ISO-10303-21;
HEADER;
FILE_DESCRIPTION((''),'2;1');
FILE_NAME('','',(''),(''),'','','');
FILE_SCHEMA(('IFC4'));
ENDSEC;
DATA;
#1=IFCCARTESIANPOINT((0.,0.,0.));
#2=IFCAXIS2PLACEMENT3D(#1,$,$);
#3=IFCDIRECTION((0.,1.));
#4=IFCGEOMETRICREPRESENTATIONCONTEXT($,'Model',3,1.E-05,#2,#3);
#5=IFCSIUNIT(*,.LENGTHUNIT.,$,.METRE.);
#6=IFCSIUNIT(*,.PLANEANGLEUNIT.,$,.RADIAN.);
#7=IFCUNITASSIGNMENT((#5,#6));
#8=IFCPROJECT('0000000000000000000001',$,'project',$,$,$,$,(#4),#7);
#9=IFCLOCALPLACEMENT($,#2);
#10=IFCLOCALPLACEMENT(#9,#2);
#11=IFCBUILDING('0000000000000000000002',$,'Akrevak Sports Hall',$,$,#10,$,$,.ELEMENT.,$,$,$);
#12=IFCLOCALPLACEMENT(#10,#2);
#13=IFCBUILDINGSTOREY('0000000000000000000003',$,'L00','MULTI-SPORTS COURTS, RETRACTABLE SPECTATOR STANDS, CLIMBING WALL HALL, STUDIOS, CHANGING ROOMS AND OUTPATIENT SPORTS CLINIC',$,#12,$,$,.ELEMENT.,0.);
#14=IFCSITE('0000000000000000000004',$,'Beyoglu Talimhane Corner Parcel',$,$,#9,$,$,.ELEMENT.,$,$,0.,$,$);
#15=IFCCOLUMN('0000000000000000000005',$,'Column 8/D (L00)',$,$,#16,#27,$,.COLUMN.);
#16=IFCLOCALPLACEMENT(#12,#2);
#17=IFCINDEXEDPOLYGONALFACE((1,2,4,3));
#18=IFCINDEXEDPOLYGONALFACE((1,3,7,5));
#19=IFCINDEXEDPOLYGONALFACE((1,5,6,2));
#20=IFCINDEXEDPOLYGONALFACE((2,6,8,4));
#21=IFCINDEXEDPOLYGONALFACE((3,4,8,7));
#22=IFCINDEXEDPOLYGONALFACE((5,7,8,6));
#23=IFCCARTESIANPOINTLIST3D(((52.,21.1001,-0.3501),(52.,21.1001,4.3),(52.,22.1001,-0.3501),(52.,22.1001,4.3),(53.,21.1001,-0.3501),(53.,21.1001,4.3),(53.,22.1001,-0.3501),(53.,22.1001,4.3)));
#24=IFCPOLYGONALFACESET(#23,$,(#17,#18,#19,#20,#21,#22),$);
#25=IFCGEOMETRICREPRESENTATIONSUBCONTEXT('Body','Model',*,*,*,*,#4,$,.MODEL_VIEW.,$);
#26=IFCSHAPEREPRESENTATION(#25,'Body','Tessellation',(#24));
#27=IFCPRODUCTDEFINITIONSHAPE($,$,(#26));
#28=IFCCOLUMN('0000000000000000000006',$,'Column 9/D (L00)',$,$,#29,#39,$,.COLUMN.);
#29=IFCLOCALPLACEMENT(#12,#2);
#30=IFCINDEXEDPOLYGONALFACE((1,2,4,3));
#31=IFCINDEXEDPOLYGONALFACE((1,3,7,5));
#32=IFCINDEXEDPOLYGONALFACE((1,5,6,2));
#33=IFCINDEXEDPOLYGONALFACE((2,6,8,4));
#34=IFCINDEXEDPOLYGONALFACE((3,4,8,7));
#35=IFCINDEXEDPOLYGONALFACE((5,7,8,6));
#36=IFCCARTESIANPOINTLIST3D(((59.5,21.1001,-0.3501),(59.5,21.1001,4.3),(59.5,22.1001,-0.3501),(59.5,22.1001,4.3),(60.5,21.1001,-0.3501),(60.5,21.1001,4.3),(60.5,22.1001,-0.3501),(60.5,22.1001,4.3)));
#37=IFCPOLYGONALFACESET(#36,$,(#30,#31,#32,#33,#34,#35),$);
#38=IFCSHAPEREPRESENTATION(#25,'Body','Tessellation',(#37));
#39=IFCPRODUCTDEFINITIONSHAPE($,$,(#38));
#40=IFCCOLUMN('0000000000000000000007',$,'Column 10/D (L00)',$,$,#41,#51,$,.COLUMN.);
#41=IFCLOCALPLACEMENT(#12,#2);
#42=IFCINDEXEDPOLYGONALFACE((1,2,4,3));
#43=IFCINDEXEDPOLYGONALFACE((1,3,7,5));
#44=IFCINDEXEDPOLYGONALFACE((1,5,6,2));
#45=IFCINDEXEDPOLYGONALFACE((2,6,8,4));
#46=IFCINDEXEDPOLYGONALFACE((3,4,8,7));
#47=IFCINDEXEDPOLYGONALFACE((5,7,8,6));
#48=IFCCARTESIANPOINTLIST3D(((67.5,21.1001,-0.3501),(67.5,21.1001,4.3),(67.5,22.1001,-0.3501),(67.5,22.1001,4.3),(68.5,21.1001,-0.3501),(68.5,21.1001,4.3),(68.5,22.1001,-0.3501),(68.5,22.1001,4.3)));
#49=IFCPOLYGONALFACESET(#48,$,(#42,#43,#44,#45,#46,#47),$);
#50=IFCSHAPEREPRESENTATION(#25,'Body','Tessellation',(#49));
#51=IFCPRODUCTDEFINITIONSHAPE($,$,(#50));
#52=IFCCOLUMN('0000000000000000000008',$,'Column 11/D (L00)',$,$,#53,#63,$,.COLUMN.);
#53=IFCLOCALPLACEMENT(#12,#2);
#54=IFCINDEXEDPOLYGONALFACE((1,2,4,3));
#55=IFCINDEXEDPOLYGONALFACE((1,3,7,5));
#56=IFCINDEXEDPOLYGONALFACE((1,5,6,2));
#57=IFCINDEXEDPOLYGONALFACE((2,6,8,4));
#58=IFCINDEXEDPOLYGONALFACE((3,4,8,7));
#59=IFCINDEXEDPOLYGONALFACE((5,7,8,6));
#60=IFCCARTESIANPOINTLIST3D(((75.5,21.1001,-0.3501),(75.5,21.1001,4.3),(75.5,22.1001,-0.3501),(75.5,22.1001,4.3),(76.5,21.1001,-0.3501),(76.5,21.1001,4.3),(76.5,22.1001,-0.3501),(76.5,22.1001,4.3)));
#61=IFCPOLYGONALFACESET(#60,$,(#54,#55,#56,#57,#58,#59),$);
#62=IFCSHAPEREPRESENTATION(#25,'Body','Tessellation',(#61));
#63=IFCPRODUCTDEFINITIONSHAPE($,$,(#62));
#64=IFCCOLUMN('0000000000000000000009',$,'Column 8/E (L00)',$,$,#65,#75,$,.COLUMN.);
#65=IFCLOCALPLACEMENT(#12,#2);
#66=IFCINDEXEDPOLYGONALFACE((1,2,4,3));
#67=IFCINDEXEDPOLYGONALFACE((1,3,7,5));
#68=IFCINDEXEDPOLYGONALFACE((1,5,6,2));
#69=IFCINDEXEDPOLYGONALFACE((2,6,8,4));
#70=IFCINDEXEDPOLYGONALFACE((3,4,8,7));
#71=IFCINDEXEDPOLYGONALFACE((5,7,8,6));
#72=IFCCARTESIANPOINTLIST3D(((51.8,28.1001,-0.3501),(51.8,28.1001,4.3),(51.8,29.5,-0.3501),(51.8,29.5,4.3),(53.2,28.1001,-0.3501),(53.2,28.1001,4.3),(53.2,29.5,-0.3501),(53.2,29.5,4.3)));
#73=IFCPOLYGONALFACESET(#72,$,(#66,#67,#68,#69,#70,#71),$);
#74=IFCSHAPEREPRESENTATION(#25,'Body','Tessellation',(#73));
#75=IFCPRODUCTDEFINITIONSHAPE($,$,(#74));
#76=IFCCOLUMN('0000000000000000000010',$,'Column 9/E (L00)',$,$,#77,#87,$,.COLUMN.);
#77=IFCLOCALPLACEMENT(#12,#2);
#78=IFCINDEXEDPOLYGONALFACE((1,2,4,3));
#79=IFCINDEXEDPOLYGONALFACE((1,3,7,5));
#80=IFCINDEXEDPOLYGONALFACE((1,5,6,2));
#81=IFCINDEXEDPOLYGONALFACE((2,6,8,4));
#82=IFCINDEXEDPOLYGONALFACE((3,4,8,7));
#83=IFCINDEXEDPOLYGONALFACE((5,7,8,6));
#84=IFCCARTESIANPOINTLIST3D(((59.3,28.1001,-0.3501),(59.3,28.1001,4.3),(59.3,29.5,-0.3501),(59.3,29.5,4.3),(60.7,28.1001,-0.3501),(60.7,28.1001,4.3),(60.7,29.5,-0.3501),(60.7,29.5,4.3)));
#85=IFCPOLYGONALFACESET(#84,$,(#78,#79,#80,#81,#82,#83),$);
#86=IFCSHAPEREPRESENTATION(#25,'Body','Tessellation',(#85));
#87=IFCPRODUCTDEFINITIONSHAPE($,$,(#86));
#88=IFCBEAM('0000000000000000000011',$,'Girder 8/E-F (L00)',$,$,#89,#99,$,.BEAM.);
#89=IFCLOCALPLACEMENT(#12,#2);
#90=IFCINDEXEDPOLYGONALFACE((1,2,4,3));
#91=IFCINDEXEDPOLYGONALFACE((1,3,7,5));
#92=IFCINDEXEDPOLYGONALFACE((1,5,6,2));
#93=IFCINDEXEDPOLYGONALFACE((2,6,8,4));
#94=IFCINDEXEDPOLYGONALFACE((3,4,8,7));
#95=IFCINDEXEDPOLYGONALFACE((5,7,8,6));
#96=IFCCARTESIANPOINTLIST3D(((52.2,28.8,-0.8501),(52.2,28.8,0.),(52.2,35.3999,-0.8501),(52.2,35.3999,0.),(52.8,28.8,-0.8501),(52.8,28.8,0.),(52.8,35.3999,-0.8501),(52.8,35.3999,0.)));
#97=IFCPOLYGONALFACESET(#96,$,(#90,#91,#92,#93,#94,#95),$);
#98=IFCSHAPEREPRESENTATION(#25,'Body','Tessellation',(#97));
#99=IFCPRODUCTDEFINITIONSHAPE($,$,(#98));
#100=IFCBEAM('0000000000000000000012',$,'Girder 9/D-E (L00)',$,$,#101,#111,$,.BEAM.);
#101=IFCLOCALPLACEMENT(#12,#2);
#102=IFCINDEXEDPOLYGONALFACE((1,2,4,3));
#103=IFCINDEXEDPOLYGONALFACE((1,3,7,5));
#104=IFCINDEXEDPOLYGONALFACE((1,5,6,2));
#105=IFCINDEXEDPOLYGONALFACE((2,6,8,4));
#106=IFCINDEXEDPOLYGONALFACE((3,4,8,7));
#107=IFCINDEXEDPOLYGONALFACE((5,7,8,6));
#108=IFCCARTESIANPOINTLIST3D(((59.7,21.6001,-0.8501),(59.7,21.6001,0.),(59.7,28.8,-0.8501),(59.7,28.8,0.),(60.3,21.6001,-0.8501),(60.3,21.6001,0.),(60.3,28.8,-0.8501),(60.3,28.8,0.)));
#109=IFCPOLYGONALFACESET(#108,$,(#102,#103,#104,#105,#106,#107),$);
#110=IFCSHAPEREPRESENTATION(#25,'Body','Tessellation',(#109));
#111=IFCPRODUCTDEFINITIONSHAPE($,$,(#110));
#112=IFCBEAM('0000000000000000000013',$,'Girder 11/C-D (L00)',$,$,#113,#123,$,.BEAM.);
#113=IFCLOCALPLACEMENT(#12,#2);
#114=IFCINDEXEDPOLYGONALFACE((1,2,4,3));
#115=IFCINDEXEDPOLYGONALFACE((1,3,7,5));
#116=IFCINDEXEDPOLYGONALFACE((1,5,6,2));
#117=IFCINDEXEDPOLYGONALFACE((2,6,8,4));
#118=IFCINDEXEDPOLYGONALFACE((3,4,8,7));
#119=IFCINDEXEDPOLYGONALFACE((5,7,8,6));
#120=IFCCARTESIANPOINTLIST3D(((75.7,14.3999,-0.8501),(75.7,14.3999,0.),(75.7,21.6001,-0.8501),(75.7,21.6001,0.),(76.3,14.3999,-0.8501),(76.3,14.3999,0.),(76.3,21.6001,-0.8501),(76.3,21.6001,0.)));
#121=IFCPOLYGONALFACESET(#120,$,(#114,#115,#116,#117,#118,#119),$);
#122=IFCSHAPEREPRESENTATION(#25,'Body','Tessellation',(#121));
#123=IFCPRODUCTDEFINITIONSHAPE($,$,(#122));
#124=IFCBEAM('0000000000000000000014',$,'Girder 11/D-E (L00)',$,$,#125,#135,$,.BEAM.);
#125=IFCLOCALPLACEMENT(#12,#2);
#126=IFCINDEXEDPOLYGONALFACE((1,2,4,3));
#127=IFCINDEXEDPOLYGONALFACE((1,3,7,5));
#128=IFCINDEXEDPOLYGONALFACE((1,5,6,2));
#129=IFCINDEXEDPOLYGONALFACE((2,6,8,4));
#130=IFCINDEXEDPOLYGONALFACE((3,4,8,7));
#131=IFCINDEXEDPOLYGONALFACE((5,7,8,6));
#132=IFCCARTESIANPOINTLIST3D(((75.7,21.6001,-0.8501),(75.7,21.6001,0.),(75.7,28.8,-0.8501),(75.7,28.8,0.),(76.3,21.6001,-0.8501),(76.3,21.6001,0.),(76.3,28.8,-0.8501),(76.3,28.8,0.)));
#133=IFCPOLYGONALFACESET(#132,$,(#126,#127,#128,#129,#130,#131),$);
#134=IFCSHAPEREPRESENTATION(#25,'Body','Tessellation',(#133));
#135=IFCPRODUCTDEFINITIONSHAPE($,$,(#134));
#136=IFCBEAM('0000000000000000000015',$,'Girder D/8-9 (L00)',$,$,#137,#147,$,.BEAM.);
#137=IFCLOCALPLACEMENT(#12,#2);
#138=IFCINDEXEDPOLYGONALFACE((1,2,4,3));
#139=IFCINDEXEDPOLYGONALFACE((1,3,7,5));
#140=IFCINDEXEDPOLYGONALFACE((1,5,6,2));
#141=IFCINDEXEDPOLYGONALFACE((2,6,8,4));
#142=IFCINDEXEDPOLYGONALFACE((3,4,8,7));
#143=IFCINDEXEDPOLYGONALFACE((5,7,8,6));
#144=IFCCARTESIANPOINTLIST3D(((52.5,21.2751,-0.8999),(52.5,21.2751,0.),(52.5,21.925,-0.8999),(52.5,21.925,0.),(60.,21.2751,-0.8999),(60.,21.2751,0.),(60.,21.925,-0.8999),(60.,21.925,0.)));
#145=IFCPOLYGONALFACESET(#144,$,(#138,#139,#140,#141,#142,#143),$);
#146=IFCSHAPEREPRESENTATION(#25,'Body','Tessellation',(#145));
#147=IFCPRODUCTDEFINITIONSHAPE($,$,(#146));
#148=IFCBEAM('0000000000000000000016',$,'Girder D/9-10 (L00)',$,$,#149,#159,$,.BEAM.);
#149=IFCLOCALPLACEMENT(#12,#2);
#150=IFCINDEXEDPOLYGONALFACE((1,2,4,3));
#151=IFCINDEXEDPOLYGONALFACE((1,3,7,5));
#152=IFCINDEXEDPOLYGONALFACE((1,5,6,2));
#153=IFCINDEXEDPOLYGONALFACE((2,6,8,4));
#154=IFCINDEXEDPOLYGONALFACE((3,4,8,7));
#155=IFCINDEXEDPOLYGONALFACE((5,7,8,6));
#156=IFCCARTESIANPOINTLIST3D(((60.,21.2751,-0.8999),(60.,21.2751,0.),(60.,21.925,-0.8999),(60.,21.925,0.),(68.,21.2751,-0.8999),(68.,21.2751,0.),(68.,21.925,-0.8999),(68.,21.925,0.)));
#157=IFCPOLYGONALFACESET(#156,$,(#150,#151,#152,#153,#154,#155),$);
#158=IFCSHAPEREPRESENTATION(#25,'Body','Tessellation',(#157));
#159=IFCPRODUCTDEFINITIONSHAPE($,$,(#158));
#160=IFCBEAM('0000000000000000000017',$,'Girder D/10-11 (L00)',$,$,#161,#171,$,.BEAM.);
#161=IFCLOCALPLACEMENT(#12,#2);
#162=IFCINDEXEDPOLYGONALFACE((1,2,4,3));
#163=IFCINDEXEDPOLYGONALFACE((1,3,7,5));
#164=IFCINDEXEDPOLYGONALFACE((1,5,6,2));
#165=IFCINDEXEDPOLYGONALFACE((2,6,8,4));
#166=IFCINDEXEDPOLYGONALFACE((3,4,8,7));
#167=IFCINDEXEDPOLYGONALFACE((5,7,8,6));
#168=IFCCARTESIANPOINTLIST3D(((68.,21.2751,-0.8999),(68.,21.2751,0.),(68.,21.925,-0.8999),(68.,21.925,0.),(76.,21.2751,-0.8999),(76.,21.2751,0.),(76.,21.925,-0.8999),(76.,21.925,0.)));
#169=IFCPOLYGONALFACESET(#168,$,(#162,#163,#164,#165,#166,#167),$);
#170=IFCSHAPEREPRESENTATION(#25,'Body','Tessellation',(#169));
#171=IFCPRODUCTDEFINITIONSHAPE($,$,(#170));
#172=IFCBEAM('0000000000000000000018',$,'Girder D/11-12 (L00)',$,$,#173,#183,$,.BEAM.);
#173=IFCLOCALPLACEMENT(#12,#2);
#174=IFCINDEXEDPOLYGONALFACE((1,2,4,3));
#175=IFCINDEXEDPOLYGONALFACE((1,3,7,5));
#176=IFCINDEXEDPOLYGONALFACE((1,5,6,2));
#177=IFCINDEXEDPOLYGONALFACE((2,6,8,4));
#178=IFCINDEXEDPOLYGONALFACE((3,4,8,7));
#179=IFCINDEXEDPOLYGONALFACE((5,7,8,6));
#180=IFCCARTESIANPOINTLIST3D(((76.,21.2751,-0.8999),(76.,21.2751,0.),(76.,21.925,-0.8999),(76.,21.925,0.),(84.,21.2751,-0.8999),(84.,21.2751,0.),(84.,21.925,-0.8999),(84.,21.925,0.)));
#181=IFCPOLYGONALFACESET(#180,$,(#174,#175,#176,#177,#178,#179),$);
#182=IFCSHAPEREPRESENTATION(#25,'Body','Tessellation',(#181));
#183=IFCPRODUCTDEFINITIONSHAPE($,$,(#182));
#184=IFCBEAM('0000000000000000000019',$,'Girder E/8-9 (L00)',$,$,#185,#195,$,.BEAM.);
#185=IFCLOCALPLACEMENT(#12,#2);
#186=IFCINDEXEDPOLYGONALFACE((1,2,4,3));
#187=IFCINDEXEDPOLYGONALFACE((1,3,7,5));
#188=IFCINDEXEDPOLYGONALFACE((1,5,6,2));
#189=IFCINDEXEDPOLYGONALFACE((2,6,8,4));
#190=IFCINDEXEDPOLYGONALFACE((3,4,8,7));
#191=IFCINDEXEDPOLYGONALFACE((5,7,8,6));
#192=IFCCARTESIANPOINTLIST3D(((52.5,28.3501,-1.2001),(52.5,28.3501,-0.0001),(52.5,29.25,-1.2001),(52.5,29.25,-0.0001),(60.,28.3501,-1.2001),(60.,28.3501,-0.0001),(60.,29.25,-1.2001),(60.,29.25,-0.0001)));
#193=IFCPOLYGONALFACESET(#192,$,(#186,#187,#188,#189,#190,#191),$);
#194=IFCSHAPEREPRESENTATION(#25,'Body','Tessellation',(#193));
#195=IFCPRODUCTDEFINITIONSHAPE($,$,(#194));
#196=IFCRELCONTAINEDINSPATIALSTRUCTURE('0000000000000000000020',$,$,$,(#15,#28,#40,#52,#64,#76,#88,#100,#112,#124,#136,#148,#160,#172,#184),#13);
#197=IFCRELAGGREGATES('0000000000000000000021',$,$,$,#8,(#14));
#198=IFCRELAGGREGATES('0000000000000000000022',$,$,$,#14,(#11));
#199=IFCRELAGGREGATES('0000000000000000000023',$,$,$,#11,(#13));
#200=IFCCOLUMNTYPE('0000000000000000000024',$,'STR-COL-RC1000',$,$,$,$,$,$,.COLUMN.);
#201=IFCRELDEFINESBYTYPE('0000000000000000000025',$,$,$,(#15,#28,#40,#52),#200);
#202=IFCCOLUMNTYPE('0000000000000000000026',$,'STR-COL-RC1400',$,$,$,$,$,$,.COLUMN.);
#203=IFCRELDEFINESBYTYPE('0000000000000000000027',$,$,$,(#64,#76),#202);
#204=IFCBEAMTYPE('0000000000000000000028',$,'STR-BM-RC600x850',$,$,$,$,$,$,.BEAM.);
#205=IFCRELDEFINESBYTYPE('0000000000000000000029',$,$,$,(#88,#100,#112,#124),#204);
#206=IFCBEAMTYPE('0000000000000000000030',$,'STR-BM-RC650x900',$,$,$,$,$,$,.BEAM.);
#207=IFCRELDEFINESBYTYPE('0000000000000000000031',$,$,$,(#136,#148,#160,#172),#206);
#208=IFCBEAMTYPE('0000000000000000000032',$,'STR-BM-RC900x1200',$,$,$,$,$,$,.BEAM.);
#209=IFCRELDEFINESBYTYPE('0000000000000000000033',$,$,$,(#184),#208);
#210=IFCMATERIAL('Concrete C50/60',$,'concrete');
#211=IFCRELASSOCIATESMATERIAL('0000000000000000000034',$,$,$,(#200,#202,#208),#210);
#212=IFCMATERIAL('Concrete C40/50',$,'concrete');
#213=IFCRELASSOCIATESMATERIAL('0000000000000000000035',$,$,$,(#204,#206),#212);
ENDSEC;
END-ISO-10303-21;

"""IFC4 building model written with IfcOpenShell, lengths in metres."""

from ifc_helpers import new_model, si_unit, direction, frame, origin, origin_2d, place, context, subcontext, project, spatial, rectangle, extrude, material, material_profile, profile_set, type_object, element, save


model = new_model("IFC4")

# Units and contexts
model_context = context("Model", 3, precision=1e-05, world=origin(), true_north=direction((0.0, 1.0)))
body_context = subcontext(model_context, "Body", "Model", "MODEL_VIEW")
ifc_project = project(units=[si_unit("LENGTHUNIT", "METRE"), si_unit("PLANEANGLEUNIT", "RADIAN")], contexts=[model_context])

# Site, building, storey
site_placement = place(None, origin())
site = spatial("IfcSite", under=ifc_project, at=site_placement, Name="Beyoglu Talimhane Corner Parcel", CompositionType="ELEMENT", RefElevation=0.0)
building_placement = place(site_placement, origin())
building = spatial("IfcBuilding", under=site, at=building_placement, Name="Akrevak Sports Hall", CompositionType="ELEMENT")
storey_placement = place(building_placement, origin())
storey = spatial("IfcBuildingStorey", under=building, at=storey_placement, Name="L00", Description="MULTI-SPORTS COURTS, RETRACTABLE SPECTATOR STANDS, CLIMBING WALL HALL, STUDIOS, CHANGING ROOMS AND OUTPATIENT SPORTS CLINIC", CompositionType="ELEMENT", Elevation=0.0)

# Columns
ifc_material_1 = material(Name="Concrete C50/60", Category="concrete")
ifc_material_profile_1 = material_profile(ifc_material_1, rectangle(XDim=1.0, YDim=1.0, at=origin_2d()), Name="RC 1000x1000", Category="concrete")
ifc_profile_set_1 = profile_set([ifc_material_profile_1], Name="Concrete C50/60")
column_type_1 = type_object("IfcColumnType", Name="STR-COL-RC1000", PredefinedType="COLUMN", material=ifc_profile_set_1)
for number, where, z_axis, x_axis, name in (
    (1, (52.5, 21.6001, -0.3501), (0.0, 0.0, 1.0), (1.0, 0.0, 0.0), "Column 8/D (L00)"),
    (2, (60.0, 21.6001, -0.3501), (0.0, 0.0, 1.0), (1.0, 0.0, 0.0), "Column 9/D (L00)"),
    (3, (68.0, 21.6001, -0.3501), (0.0, 0.0, 1.0), (1.0, 0.0, 0.0), "Column 10/D (L00)"),
    (4, (76.0, 21.6001, -0.3501), (0.0, 0.0, 1.0), (1.0, 0.0, 0.0), "Column 11/D (L00)"),
):
    element("IfcColumn", number, at=place(storey_placement, frame(where, z_axis=z_axis, x_axis=x_axis)), inside=storey, type_object=column_type_1, Name=name, PredefinedType="COLUMN", context=body_context, shape_type="SweptSolid", body=[
        extrude(rectangle(XDim=1.0, YDim=1.0, at=origin_2d()), origin(), (0.0, 0.0, 1.0), 4.6501),
    ])
ifc_material_profile_2 = material_profile(ifc_material_1, rectangle(XDim=1.3999, YDim=1.3999, at=origin_2d()), Name="RC 1400x1400", Category="concrete")
ifc_profile_set_2 = profile_set([ifc_material_profile_2], Name="Concrete C50/60")
column_type_2 = type_object("IfcColumnType", Name="STR-COL-RC1400", PredefinedType="COLUMN", material=ifc_profile_set_2)
for number, where, z_axis, x_axis, name in (
    (5, (52.5, 28.8, -0.3501), (0.0, 0.0, 1.0), (1.0, 0.0, 0.0), "Column 8/E (L00)"),
    (6, (60.0, 28.8, -0.3501), (0.0, 0.0, 1.0), (1.0, 0.0, 0.0), "Column 9/E (L00)"),
):
    element("IfcColumn", number, at=place(storey_placement, frame(where, z_axis=z_axis, x_axis=x_axis)), inside=storey, type_object=column_type_2, Name=name, PredefinedType="COLUMN", context=body_context, shape_type="SweptSolid", body=[
        extrude(rectangle(XDim=1.3999, YDim=1.3999, at=origin_2d()), origin(), (0.0, 0.0, 1.0), 4.6501),
    ])

# Beams
ifc_material_2 = material(Name="Concrete C40/50", Category="concrete")
ifc_material_profile_3 = material_profile(ifc_material_2, rectangle(XDim=0.6001, YDim=0.8501, at=origin_2d()), Name="BM 600x850", Category="concrete")
ifc_profile_set_3 = profile_set([ifc_material_profile_3], Name="Concrete C40/50")
beam_type_1 = type_object("IfcBeamType", Name="STR-BM-RC600x850", PredefinedType="BEAM", material=ifc_profile_set_3)
beam_1_placement = place(storey_placement, frame((52.5, 28.8, -0.425), z_axis=(0.0, 1.0, 0.0), x_axis=(-1.0, 0.0, 0.0)))
element("IfcBeam", 7, at=beam_1_placement, inside=storey, type_object=beam_type_1, Name="Girder 8/E-F (L00)", PredefinedType="BEAM", context=body_context, shape_type="SweptSolid", body=[
    extrude(rectangle(XDim=0.6001, YDim=0.8501, at=origin_2d()), origin(), (0.0, 0.0, 1.0), 6.5999),
])
beam_2_placement = place(storey_placement, frame((60.0, 21.6001, -0.425), z_axis=(0.0, 1.0, 0.0), x_axis=(-1.0, 0.0, 0.0)))
element("IfcBeam", 8, at=beam_2_placement, inside=storey, type_object=beam_type_1, Name="Girder 9/D-E (L00)", PredefinedType="BEAM", context=body_context, shape_type="SweptSolid", body=[
    extrude(rectangle(XDim=0.6001, YDim=0.8501, at=origin_2d()), origin(), (0.0, 0.0, 1.0), 7.2),
])
beam_3_placement = place(storey_placement, frame((76.0, 14.3999, -0.425), z_axis=(0.0, 1.0, 0.0), x_axis=(-1.0, 0.0, 0.0)))
element("IfcBeam", 9, at=beam_3_placement, inside=storey, type_object=beam_type_1, Name="Girder 11/C-D (L00)", PredefinedType="BEAM", context=body_context, shape_type="SweptSolid", body=[
    extrude(rectangle(XDim=0.6001, YDim=0.8501, at=origin_2d()), origin(), (0.0, 0.0, 1.0), 7.2002),
])
beam_4_placement = place(storey_placement, frame((76.0, 21.6001, -0.425), z_axis=(0.0, 1.0, 0.0), x_axis=(-1.0, 0.0, 0.0)))
element("IfcBeam", 10, at=beam_4_placement, inside=storey, type_object=beam_type_1, Name="Girder 11/D-E (L00)", PredefinedType="BEAM", context=body_context, shape_type="SweptSolid", body=[
    extrude(rectangle(XDim=0.6001, YDim=0.8501, at=origin_2d()), origin(), (0.0, 0.0, 1.0), 7.2),
])
ifc_material_profile_4 = material_profile(ifc_material_2, rectangle(XDim=0.6499, YDim=0.8999, at=origin_2d()), Name="BM 650x900", Category="concrete")
ifc_profile_set_4 = profile_set([ifc_material_profile_4], Name="Concrete C40/50")
beam_type_2 = type_object("IfcBeamType", Name="STR-BM-RC650x900", PredefinedType="BEAM", material=ifc_profile_set_4)
beam_5_placement = place(storey_placement, frame((52.5, 21.6001, -0.45), z_axis=(1.0, 0.0, 0.0), x_axis=(0.0, 1.0, 0.0)))
element("IfcBeam", 11, at=beam_5_placement, inside=storey, type_object=beam_type_2, Name="Girder D/8-9 (L00)", PredefinedType="BEAM", context=body_context, shape_type="SweptSolid", body=[
    extrude(rectangle(XDim=0.6499, YDim=0.8999, at=origin_2d()), origin(), (0.0, 0.0, 1.0), 7.5),
])
for number, where, z_axis, x_axis, name in (
    (12, (60.0, 21.6001, -0.45), (1.0, 0.0, 0.0), (0.0, 1.0, 0.0), "Girder D/9-10 (L00)"),
    (13, (68.0, 21.6001, -0.45), (1.0, 0.0, 0.0), (0.0, 1.0, 0.0), "Girder D/10-11 (L00)"),
    (14, (76.0, 21.6001, -0.45), (1.0, 0.0, 0.0), (0.0, 1.0, 0.0), "Girder D/11-12 (L00)"),
):
    element("IfcBeam", number, at=place(storey_placement, frame(where, z_axis=z_axis, x_axis=x_axis)), inside=storey, type_object=beam_type_2, Name=name, PredefinedType="BEAM", context=body_context, shape_type="SweptSolid", body=[
        extrude(rectangle(XDim=0.6499, YDim=0.8999, at=origin_2d()), origin(), (0.0, 0.0, 1.0), 8.0),
    ])
ifc_material_profile_5 = material_profile(ifc_material_1, rectangle(XDim=0.8999, YDim=1.2, at=origin_2d()), Name="BM 900x1200", Category="concrete")
ifc_profile_set_5 = profile_set([ifc_material_profile_5], Name="Concrete C50/60")
beam_type_3 = type_object("IfcBeamType", Name="STR-BM-RC900x1200", PredefinedType="BEAM", material=ifc_profile_set_5)
beam_6_placement = place(storey_placement, frame((52.5, 28.8, -0.6001), z_axis=(1.0, 0.0, 0.0), x_axis=(0.0, 1.0, 0.0)))
element("IfcBeam", 15, at=beam_6_placement, inside=storey, type_object=beam_type_3, Name="Girder E/8-9 (L00)", PredefinedType="BEAM", context=body_context, shape_type="SweptSolid", body=[
    extrude(rectangle(XDim=0.8999, YDim=1.2, at=origin_2d()), origin(), (0.0, 0.0, 1.0), 7.5),
])

save(model, "model.ifc")
